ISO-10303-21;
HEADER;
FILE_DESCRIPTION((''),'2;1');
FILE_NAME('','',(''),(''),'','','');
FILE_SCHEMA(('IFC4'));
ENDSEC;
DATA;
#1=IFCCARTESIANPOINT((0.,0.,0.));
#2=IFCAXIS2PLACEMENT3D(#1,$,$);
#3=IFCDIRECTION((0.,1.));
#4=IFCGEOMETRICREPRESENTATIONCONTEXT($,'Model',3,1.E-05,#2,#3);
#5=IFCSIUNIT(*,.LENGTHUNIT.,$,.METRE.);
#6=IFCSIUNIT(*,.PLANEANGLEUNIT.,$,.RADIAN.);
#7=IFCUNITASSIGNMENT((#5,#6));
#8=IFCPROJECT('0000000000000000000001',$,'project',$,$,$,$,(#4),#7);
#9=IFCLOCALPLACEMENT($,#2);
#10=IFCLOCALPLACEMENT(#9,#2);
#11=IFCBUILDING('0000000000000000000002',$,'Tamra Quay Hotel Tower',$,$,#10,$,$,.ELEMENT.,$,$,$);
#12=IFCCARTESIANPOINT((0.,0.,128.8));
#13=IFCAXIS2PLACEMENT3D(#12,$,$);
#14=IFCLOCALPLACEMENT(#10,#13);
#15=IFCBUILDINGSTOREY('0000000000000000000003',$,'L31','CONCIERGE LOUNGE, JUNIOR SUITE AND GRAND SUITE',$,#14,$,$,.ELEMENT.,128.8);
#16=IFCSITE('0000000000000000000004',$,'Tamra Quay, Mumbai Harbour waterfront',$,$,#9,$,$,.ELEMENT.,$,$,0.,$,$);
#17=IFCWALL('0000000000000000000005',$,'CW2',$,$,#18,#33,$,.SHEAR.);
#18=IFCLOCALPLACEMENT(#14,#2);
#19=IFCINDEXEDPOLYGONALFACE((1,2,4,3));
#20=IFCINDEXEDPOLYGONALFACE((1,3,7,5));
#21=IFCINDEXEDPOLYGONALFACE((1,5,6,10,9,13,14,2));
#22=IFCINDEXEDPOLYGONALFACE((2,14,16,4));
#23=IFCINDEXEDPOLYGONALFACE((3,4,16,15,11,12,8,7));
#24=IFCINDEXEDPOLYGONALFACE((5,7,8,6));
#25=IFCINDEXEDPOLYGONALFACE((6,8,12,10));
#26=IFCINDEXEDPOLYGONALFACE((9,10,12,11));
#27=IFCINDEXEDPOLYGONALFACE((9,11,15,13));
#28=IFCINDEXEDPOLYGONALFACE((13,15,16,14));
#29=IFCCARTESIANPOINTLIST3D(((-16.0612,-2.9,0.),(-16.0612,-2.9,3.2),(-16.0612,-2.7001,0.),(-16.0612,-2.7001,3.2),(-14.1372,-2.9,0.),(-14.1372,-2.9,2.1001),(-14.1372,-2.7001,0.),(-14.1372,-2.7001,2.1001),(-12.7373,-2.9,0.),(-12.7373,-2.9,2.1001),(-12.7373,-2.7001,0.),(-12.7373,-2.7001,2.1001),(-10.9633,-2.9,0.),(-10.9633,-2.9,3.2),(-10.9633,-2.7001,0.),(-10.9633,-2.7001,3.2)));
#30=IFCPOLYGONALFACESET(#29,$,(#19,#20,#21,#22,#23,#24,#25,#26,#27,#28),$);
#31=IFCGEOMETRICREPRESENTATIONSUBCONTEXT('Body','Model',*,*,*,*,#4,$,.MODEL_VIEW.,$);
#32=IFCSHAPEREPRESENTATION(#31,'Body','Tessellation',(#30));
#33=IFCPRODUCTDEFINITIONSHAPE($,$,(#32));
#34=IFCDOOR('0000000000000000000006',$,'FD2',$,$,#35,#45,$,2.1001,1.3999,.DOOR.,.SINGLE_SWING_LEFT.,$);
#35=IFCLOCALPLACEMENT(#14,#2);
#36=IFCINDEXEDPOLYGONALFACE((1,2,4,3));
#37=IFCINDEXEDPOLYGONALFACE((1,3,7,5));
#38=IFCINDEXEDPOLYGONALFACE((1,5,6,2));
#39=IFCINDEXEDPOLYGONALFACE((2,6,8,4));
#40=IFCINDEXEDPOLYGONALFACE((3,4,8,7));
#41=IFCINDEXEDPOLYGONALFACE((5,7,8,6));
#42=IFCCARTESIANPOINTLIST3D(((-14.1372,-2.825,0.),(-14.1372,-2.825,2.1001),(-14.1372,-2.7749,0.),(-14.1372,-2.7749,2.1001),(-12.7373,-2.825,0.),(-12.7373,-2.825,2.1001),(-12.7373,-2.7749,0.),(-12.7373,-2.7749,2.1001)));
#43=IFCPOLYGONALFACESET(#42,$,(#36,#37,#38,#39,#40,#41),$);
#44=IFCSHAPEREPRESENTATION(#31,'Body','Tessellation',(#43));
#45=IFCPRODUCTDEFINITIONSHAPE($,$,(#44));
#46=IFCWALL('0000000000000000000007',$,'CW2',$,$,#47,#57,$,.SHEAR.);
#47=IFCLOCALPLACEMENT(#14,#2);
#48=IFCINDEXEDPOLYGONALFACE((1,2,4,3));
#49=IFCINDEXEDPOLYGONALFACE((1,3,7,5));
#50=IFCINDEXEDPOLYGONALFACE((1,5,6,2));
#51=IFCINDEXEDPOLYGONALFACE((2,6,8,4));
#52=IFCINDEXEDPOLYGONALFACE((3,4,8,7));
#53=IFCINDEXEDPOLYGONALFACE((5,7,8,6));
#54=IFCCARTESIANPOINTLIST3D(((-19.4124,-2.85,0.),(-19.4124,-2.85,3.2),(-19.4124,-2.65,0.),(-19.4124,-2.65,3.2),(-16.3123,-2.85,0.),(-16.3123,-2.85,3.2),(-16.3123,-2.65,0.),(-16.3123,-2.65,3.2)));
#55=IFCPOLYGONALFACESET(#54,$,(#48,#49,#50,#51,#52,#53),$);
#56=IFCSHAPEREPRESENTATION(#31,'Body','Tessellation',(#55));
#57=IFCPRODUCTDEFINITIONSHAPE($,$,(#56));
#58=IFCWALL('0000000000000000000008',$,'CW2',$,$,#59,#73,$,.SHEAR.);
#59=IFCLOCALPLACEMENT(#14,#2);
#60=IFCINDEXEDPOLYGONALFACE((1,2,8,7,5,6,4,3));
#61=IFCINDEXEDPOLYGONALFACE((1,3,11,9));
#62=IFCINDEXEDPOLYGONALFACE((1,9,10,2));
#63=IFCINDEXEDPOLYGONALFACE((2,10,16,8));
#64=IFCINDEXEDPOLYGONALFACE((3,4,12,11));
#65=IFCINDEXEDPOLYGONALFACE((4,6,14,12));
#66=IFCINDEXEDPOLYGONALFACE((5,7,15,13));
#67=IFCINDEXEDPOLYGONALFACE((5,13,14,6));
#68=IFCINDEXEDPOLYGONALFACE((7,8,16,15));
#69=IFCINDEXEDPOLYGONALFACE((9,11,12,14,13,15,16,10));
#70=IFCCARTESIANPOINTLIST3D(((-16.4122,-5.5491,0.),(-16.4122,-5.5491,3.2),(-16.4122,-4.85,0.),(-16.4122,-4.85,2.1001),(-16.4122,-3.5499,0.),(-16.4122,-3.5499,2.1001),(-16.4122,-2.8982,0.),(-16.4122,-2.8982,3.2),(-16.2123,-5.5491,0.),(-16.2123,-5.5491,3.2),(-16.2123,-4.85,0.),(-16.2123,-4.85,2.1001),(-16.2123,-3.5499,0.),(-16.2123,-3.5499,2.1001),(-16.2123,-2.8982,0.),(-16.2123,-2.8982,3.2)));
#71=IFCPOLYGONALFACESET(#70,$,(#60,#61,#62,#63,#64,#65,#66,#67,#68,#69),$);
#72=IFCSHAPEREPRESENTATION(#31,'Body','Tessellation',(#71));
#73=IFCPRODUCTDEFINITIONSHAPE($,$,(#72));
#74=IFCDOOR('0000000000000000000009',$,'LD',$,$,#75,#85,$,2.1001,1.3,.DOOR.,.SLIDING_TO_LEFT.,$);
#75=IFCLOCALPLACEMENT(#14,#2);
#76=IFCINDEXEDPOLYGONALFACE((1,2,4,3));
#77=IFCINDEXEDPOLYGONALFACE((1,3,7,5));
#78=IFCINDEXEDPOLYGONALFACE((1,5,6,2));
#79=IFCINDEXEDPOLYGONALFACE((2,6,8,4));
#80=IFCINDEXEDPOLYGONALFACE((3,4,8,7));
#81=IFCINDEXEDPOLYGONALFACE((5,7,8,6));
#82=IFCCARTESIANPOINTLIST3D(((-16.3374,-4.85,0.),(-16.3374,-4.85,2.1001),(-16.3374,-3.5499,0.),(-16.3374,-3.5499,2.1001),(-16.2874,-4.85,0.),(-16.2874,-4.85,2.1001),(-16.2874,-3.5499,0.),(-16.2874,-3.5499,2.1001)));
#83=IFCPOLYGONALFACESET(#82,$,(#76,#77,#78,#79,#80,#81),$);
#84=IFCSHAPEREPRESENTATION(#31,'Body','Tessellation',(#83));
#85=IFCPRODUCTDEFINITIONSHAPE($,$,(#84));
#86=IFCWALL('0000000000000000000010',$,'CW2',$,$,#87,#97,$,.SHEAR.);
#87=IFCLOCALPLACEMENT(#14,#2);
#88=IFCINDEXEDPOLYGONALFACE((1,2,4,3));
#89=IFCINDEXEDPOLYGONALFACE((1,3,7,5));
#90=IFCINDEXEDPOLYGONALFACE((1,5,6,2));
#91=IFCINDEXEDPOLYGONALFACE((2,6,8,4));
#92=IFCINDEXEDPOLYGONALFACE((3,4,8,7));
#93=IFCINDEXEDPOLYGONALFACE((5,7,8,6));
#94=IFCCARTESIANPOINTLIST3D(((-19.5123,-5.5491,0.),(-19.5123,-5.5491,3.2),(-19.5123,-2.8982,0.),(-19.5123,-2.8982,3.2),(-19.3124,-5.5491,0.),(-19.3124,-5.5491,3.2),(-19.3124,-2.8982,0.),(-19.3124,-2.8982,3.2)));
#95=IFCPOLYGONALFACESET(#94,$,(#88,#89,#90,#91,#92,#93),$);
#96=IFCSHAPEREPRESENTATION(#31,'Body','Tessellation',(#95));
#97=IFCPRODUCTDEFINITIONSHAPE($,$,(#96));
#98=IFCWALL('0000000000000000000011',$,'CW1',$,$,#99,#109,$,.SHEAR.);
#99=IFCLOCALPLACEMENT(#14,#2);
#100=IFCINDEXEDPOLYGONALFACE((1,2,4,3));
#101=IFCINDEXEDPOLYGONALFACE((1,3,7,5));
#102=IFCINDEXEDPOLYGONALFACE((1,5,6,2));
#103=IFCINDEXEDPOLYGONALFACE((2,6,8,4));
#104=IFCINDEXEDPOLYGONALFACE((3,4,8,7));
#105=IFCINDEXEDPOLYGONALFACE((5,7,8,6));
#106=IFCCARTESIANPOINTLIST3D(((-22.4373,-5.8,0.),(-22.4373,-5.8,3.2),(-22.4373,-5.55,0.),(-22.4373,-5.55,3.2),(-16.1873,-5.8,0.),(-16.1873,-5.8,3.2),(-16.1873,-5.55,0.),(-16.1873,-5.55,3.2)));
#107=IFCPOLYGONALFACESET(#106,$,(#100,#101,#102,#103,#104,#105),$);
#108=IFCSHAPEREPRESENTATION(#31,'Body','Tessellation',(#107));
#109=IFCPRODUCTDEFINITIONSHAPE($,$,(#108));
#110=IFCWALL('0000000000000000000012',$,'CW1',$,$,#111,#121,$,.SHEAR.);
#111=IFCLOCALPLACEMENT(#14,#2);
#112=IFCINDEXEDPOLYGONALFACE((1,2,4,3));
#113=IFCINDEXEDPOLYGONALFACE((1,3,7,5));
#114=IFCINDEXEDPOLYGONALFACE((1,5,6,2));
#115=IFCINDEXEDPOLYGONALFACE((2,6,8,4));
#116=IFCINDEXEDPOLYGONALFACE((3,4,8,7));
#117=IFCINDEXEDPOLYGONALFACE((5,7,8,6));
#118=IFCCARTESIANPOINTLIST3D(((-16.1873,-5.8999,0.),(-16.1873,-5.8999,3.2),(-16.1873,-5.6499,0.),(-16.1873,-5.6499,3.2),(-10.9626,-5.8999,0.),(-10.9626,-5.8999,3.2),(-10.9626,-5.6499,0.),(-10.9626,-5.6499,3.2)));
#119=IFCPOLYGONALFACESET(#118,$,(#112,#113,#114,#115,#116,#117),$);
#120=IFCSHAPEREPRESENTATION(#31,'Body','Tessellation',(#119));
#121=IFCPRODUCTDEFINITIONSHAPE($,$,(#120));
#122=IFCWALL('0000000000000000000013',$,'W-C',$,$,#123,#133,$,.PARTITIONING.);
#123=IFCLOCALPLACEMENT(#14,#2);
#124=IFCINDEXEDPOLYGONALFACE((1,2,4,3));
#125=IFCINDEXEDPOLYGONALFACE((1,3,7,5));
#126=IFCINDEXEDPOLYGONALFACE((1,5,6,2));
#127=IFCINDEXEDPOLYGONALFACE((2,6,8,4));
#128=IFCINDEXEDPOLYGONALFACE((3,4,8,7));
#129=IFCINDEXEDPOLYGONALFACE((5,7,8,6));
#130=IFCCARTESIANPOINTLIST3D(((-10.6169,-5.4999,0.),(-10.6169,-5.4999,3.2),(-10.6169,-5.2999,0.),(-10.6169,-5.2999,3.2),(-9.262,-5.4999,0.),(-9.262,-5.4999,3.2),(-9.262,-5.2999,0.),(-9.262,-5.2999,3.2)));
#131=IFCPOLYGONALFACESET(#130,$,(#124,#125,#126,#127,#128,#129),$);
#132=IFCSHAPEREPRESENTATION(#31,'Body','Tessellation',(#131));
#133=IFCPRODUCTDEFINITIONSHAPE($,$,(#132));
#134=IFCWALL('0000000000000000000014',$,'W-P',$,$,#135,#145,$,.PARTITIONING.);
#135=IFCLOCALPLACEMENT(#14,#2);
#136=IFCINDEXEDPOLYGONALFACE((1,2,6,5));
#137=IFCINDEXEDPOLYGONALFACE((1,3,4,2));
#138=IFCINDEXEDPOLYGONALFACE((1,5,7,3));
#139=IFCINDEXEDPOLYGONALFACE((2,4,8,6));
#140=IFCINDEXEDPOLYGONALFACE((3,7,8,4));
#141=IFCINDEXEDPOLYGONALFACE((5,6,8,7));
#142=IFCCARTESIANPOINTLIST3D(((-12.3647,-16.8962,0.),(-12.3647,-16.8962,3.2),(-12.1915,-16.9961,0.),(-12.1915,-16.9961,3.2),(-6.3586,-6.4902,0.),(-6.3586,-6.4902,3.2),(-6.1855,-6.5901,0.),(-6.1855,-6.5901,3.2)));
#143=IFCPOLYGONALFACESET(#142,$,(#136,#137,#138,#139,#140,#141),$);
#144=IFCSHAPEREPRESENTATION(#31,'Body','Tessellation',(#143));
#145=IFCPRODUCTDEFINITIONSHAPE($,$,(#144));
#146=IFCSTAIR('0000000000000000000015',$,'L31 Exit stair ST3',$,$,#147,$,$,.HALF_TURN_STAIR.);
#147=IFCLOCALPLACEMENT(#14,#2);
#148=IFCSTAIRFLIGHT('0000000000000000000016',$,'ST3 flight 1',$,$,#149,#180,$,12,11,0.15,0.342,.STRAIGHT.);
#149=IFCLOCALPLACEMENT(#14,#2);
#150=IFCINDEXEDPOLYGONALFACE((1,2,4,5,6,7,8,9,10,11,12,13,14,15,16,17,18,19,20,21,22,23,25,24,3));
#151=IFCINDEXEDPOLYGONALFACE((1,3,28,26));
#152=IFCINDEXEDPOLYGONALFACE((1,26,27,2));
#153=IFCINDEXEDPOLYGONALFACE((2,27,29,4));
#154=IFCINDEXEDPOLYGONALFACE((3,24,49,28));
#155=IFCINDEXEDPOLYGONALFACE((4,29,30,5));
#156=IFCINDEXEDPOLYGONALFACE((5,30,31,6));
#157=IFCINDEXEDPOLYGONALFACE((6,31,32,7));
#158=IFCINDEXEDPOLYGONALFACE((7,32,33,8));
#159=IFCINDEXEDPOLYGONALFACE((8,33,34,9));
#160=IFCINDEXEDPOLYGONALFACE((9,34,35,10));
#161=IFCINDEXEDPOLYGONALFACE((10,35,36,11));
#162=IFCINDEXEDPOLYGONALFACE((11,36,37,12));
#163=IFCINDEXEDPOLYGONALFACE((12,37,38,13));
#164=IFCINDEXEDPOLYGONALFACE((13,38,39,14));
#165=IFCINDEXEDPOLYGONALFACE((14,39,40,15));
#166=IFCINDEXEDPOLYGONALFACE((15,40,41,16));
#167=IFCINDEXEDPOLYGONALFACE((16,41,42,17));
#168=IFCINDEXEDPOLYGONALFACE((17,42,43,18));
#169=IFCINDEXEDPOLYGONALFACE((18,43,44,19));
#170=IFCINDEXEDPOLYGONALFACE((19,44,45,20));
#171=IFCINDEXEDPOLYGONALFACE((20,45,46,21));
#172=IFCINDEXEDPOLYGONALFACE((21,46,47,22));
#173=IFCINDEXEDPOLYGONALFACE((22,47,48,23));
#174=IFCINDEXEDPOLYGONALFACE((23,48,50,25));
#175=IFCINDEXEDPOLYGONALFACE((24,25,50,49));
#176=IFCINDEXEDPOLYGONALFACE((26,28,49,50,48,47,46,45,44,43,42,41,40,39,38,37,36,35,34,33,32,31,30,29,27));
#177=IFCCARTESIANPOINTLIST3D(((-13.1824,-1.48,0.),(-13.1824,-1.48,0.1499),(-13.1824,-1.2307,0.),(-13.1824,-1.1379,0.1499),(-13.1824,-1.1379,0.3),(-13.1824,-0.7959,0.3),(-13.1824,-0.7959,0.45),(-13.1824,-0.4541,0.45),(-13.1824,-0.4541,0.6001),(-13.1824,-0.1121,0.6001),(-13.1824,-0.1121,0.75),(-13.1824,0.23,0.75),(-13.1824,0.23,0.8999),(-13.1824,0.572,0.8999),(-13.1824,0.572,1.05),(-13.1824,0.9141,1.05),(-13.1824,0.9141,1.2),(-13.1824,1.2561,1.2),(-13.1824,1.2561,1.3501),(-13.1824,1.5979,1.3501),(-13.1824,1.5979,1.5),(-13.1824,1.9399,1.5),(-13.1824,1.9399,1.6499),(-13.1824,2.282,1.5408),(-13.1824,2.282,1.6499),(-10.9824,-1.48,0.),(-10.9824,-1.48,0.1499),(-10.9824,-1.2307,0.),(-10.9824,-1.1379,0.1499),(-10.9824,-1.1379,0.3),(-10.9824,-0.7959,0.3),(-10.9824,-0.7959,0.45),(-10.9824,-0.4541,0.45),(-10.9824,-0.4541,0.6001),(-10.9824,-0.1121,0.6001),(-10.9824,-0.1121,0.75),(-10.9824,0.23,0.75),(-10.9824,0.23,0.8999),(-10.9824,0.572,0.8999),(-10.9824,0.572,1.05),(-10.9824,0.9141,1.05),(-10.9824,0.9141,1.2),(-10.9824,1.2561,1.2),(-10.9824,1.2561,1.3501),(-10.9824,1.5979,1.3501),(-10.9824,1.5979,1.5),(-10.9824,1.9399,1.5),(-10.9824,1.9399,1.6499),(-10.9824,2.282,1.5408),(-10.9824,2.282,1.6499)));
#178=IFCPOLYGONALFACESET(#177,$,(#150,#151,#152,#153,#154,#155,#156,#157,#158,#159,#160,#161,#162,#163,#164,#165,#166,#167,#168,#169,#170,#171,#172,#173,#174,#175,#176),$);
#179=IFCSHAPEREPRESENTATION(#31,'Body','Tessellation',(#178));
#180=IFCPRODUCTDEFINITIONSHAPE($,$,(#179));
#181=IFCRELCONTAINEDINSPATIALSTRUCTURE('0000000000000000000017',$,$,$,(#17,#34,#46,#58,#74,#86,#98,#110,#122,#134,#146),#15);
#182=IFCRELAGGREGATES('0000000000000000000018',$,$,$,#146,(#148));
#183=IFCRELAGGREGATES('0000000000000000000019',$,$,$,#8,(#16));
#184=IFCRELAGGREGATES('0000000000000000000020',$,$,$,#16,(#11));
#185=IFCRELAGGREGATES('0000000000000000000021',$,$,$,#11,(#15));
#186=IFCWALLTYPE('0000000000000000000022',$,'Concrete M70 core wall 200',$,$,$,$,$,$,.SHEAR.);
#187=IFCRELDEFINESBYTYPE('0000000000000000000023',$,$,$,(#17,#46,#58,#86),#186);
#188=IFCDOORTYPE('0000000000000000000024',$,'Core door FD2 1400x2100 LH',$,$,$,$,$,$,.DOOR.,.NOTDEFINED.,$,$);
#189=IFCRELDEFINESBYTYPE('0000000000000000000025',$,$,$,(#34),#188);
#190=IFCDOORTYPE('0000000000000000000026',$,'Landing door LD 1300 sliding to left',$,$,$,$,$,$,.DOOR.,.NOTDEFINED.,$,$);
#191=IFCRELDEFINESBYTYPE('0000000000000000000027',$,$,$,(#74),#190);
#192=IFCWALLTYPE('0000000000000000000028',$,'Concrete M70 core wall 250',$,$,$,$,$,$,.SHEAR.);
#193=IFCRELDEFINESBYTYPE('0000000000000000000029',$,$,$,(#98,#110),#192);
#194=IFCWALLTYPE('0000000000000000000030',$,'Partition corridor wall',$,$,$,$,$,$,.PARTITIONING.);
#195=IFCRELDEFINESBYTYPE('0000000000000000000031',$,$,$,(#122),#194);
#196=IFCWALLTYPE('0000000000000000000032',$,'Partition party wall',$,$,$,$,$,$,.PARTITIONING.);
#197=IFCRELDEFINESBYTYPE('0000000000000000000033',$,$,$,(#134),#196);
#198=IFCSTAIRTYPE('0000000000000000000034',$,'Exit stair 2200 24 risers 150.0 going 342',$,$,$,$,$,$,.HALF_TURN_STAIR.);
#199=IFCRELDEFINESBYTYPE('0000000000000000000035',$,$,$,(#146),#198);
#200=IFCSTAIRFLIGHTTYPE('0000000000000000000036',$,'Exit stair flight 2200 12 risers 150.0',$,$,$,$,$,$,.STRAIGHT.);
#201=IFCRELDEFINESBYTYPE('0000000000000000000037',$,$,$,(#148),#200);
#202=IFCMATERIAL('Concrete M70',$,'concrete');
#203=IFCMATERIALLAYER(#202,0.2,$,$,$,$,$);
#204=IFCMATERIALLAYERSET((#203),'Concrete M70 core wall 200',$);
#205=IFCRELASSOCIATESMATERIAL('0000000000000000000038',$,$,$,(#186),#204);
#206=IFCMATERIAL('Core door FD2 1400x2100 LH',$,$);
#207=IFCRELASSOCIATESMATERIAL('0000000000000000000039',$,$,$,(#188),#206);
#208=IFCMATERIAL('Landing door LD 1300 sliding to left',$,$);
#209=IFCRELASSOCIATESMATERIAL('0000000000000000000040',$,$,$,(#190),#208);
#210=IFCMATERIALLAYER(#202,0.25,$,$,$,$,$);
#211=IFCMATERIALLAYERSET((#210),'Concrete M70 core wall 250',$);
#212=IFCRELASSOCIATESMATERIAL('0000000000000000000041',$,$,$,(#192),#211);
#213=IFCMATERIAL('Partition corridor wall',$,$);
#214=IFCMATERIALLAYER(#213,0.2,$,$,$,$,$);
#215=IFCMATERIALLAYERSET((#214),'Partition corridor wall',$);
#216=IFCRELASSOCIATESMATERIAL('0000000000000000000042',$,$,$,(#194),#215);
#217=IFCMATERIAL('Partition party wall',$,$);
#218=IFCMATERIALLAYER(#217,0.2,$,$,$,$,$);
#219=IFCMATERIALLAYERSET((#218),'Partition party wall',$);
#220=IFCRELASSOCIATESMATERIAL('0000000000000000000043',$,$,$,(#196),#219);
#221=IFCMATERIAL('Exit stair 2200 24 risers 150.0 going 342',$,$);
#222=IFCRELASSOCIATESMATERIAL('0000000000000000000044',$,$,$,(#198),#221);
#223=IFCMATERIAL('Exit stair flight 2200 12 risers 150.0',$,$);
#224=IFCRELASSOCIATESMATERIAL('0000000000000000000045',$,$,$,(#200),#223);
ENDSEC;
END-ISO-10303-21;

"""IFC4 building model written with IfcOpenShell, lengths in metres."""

from ifc_helpers import new_model, si_unit, direction, frame, frame_2d, origin, place, context, subcontext, project, spatial, polyline, rectangle, outline, extrude, material, layer, layer_set, type_object, element, fill, aggregate, save


model = new_model("IFC4")

# Units and contexts
model_context = context("Model", 3, precision=1e-05, world=origin(), true_north=direction((0.0, 1.0)))
body_context = subcontext(model_context, "Body", "Model", "MODEL_VIEW")
ifc_project = project(units=[si_unit("LENGTHUNIT", "METRE"), si_unit("PLANEANGLEUNIT", "RADIAN")], contexts=[model_context])

# Site, building, storey
site_placement = place(None, origin())
site = spatial("IfcSite", under=ifc_project, at=site_placement, Name="Tamra Quay, Mumbai Harbour waterfront", CompositionType="ELEMENT", RefElevation=0.0)
building_placement = place(site_placement, origin())
building = spatial("IfcBuilding", under=site, at=building_placement, Name="Tamra Quay Hotel Tower", CompositionType="ELEMENT")
storey_placement = place(building_placement, frame((0.0, 0.0, 128.8)))
storey = spatial("IfcBuildingStorey", under=building, at=storey_placement, Name="L31", Description="CONCIERGE LOUNGE, JUNIOR SUITE AND GRAND SUITE", CompositionType="ELEMENT", Elevation=128.8)

# Shared definitions
ifc_material_1 = material(Name="Concrete M70", Category="concrete")

# Shared definitions
ifc_layer_1 = layer(ifc_material_1, 0.2)
ifc_layer_set_1 = layer_set([ifc_layer_1], Name="Concrete M70 core wall 200")
wall_type_1 = type_object("IfcWallType", Name="Concrete M70 core wall 200", PredefinedType="SHEAR", material=ifc_layer_set_1)

# Wall, opening, door
wall_1_placement = place(storey_placement, frame((-10.9634, -2.8, 0.0), z_axis=(0.0, 0.0, 1.0), x_axis=(-1.0, 0.0, 0.0)))
wall_1 = element("IfcWall", 1, at=wall_1_placement, inside=storey, type_object=wall_type_1, Name="CW2", PredefinedType="SHEAR", context=body_context, shape_type="SweptSolid", body=[
    extrude(rectangle(XDim=5.0979, YDim=0.2, at=frame_2d((2.5488, 0.0))), origin(), (0.0, 0.0, 1.0), 3.2),
])
opening_1_placement = place(wall_1_placement, frame((1.7739, 0.0, 0.0)))
opening_1 = element("IfcOpeningElement", 2, at=opening_1_placement, cuts=wall_1, PredefinedType="OPENING", context=body_context, shape_type="SweptSolid", body=[
    extrude(rectangle(XDim=1.3999, YDim=2.1001, at=frame_2d((0.7, 1.05))), frame((0.0, 0.1099, 0.0), z_axis=(0.0, -1.0, 0.0), x_axis=(1.0, 0.0, 0.0)), (0.0, 0.0, 1.0), 0.22),
])
ifc_material_2 = material(Name="Core door FD2 1400x2100 LH")
door_type_1 = type_object("IfcDoorType", Name="Core door FD2 1400x2100 LH", OperationType="NOTDEFINED", PredefinedType="DOOR", material=ifc_material_2)
door_1_placement = place(opening_1_placement, origin())
door_1 = element("IfcDoor", 3, at=door_1_placement, inside=storey, type_object=door_type_1, Name="FD2", OperationType="SINGLE_SWING_LEFT", OverallHeight=2.1001, OverallWidth=1.3999, PredefinedType="DOOR", context=body_context, shape_type="SweptSolid", body=[
    extrude(rectangle(XDim=1.3999, YDim=2.1001, at=frame_2d((0.7, 1.05))), frame((0.0, 0.0249, 0.0), z_axis=(0.0, -1.0, 0.0), x_axis=(1.0, 0.0, 0.0)), (0.0, 0.0, 1.0), 0.05),
])
fill(opening_1, door_1)

# Wall
wall_2_placement = place(storey_placement, frame((-19.4124, -2.75, 0.0), z_axis=(0.0, 0.0, 1.0), x_axis=(1.0, 0.0, 0.0)))
element("IfcWall", 4, at=wall_2_placement, inside=storey, type_object=wall_type_1, Name="CW2", PredefinedType="SHEAR", context=body_context, shape_type="SweptSolid", body=[
    extrude(rectangle(XDim=3.1001, YDim=0.2, at=frame_2d((1.55, 0.0))), origin(), (0.0, 0.0, 1.0), 3.2),
])

# Wall, opening, door
wall_3_placement = place(storey_placement, frame((-16.3123, -2.8982, 0.0), z_axis=(0.0, 0.0, 1.0), x_axis=(0.0, -1.0, 0.0)))
wall_3 = element("IfcWall", 5, at=wall_3_placement, inside=storey, type_object=wall_type_1, Name="CW2", PredefinedType="SHEAR", context=body_context, shape_type="SweptSolid", body=[
    extrude(rectangle(XDim=2.6509, YDim=0.2, at=frame_2d((1.3254, 0.0))), origin(), (0.0, 0.0, 1.0), 3.2),
])
opening_2_placement = place(wall_3_placement, frame((0.6519, 0.0, 0.0)))
opening_2 = element("IfcOpeningElement", 6, at=opening_2_placement, cuts=wall_3, PredefinedType="OPENING", context=body_context, shape_type="SweptSolid", body=[
    extrude(rectangle(XDim=1.3, YDim=2.1001, at=frame_2d((0.6499, 1.05))), frame((0.0, 0.1099, 0.0), z_axis=(0.0, -1.0, 0.0), x_axis=(1.0, 0.0, 0.0)), (0.0, 0.0, 1.0), 0.22),
])
ifc_material_3 = material(Name="Landing door LD 1300 sliding to left")
door_type_2 = type_object("IfcDoorType", Name="Landing door LD 1300 sliding to left", OperationType="NOTDEFINED", PredefinedType="DOOR", material=ifc_material_3)
door_2_placement = place(opening_2_placement, origin())
door_2 = element("IfcDoor", 7, at=door_2_placement, inside=storey, type_object=door_type_2, Name="LD", OperationType="SLIDING_TO_LEFT", OverallHeight=2.1001, OverallWidth=1.3, PredefinedType="DOOR", context=body_context, shape_type="SweptSolid", body=[
    extrude(rectangle(XDim=1.3, YDim=2.1001, at=frame_2d((0.6499, 1.05))), frame((0.0, 0.0249, 0.0), z_axis=(0.0, -1.0, 0.0), x_axis=(1.0, 0.0, 0.0)), (0.0, 0.0, 1.0), 0.05),
])
fill(opening_2, door_2)

# Walls
wall_4_placement = place(storey_placement, frame((-19.4124, -5.5491, 0.0), z_axis=(0.0, 0.0, 1.0), x_axis=(0.0, 1.0, 0.0)))
element("IfcWall", 8, at=wall_4_placement, inside=storey, type_object=wall_type_1, Name="CW2", PredefinedType="SHEAR", context=body_context, shape_type="SweptSolid", body=[
    extrude(rectangle(XDim=2.6509, YDim=0.2, at=frame_2d((1.3254, 0.0))), origin(), (0.0, 0.0, 1.0), 3.2),
])
ifc_layer_2 = layer(ifc_material_1, 0.25)
ifc_layer_set_2 = layer_set([ifc_layer_2], Name="Concrete M70 core wall 250")
wall_type_2 = type_object("IfcWallType", Name="Concrete M70 core wall 250", PredefinedType="SHEAR", material=ifc_layer_set_2)
wall_5_placement = place(storey_placement, frame((-16.1873, -5.675, 0.0), z_axis=(0.0, 0.0, 1.0), x_axis=(-1.0, 0.0, 0.0)))
element("IfcWall", 9, at=wall_5_placement, inside=storey, type_object=wall_type_2, Name="CW1", PredefinedType="SHEAR", context=body_context, shape_type="SweptSolid", body=[
    extrude(rectangle(XDim=6.25, YDim=0.25, at=frame_2d((3.125, 0.0))), origin(), (0.0, 0.0, 1.0), 3.2),
])
wall_6_placement = place(storey_placement, frame((-10.9626, -5.7749, 0.0), z_axis=(0.0, 0.0, 1.0), x_axis=(-1.0, 0.0, 0.0)))
element("IfcWall", 10, at=wall_6_placement, inside=storey, type_object=wall_type_2, Name="CW1", PredefinedType="SHEAR", context=body_context, shape_type="SweptSolid", body=[
    extrude(rectangle(XDim=5.2246, YDim=0.25, at=frame_2d((2.6123, 0.0))), origin(), (0.0, 0.0, 1.0), 3.2),
])
ifc_material_4 = material(Name="Partition corridor wall")
ifc_layer_3 = layer(ifc_material_4, 0.2)
ifc_layer_set_3 = layer_set([ifc_layer_3], Name="Partition corridor wall")
wall_type_3 = type_object("IfcWallType", Name="Partition corridor wall", PredefinedType="PARTITIONING", material=ifc_layer_set_3)
wall_7_placement = place(storey_placement, frame((-10.6169, -5.3999, 0.0), z_axis=(0.0, 0.0, 1.0), x_axis=(1.0, 0.0, 0.0)))
element("IfcWall", 11, at=wall_7_placement, inside=storey, type_object=wall_type_3, Name="W-C", PredefinedType="PARTITIONING", context=body_context, shape_type="SweptSolid", body=[
    extrude(rectangle(XDim=1.355, YDim=0.2, at=frame_2d((0.6775, 0.0))), origin(), (0.0, 0.0, 1.0), 3.2),
])
ifc_material_5 = material(Name="Partition party wall")
ifc_layer_4 = layer(ifc_material_5, 0.2)
ifc_layer_set_4 = layer_set([ifc_layer_4], Name="Partition party wall")
wall_type_4 = type_object("IfcWallType", Name="Partition party wall", PredefinedType="PARTITIONING", material=ifc_layer_set_4)
wall_8_placement = place(storey_placement, frame((-12.2781, -16.946, 0.0), z_axis=(0.0, 0.0, 1.0), x_axis=(0.499887, 0.866091, 0.0)))
element("IfcWall", 12, at=wall_8_placement, inside=storey, type_object=wall_type_4, Name="W-P", PredefinedType="PARTITIONING", context=body_context, shape_type="SweptSolid", body=[
    extrude(rectangle(XDim=12.0149, YDim=0.2, at=frame_2d((6.0073, 0.0))), origin(), (0.0, 0.0, 1.0), 3.2),
])

# Stair, stair flight
ifc_material_6 = material(Name="Exit stair 2200 24 risers 150.0 going 342")
stair_type = type_object("IfcStairType", Name="Exit stair 2200 24 risers 150.0 going 342", PredefinedType="HALF_TURN_STAIR", material=ifc_material_6)
stair_placement = place(storey_placement, origin())
stair = element("IfcStair", 13, at=stair_placement, inside=storey, type_object=stair_type, Name="L31 Exit stair ST3", PredefinedType="HALF_TURN_STAIR")
ifc_material_7 = material(Name="Exit stair flight 2200 12 risers 150.0")
stair_flight_type = type_object("IfcStairFlightType", Name="Exit stair flight 2200 12 risers 150.0", PredefinedType="STRAIGHT", material=ifc_material_7)
stair_flight_placement = place(storey_placement, frame((-12.0823, -1.48, 0.0), z_axis=(0.0, 0.0, 1.0), x_axis=(0.0, 1.0, 0.0)))
stair_flight = element("IfcStairFlight", 14, at=stair_flight_placement, type_object=stair_flight_type, Name="ST3 flight 1", NumberOfRisers=12, NumberOfTreads=11, PredefinedType="STRAIGHT", RiserHeight=0.15, TreadLength=0.342, context=body_context, shape_type="SweptSolid", body=[
    extrude(outline(polyline([(0.0, 0.0), (0.0, 0.1499), (0.342, 0.1499), (0.342, 0.3), (0.6841, 0.3), (0.6841, 0.45), (1.0259, 0.45), (1.0259, 0.6001), (1.3679, 0.6001), (1.3679, 0.75), (1.71, 0.75), (1.71, 0.8999), (2.052, 0.8999), (2.052, 1.05), (2.394, 1.05), (2.394, 1.2), (2.7361, 1.2), (2.7361, 1.3501), (3.0779, 1.3501), (3.0779, 1.5), (3.4199, 1.5), (3.4199, 1.6499), (3.762, 1.6499), (3.762, 1.8), (3.762, 1.5408), (0.2493, 0.0), (0.0, 0.0)])), frame((0.0, 1.1001, 0.0), z_axis=(0.0, -1.0, 0.0), x_axis=(1.0, 0.0, 0.0)), (0.0, 0.0, 1.0), 2.2),
])
aggregate(stair, [stair_flight])

save(model, "model.ifc")
